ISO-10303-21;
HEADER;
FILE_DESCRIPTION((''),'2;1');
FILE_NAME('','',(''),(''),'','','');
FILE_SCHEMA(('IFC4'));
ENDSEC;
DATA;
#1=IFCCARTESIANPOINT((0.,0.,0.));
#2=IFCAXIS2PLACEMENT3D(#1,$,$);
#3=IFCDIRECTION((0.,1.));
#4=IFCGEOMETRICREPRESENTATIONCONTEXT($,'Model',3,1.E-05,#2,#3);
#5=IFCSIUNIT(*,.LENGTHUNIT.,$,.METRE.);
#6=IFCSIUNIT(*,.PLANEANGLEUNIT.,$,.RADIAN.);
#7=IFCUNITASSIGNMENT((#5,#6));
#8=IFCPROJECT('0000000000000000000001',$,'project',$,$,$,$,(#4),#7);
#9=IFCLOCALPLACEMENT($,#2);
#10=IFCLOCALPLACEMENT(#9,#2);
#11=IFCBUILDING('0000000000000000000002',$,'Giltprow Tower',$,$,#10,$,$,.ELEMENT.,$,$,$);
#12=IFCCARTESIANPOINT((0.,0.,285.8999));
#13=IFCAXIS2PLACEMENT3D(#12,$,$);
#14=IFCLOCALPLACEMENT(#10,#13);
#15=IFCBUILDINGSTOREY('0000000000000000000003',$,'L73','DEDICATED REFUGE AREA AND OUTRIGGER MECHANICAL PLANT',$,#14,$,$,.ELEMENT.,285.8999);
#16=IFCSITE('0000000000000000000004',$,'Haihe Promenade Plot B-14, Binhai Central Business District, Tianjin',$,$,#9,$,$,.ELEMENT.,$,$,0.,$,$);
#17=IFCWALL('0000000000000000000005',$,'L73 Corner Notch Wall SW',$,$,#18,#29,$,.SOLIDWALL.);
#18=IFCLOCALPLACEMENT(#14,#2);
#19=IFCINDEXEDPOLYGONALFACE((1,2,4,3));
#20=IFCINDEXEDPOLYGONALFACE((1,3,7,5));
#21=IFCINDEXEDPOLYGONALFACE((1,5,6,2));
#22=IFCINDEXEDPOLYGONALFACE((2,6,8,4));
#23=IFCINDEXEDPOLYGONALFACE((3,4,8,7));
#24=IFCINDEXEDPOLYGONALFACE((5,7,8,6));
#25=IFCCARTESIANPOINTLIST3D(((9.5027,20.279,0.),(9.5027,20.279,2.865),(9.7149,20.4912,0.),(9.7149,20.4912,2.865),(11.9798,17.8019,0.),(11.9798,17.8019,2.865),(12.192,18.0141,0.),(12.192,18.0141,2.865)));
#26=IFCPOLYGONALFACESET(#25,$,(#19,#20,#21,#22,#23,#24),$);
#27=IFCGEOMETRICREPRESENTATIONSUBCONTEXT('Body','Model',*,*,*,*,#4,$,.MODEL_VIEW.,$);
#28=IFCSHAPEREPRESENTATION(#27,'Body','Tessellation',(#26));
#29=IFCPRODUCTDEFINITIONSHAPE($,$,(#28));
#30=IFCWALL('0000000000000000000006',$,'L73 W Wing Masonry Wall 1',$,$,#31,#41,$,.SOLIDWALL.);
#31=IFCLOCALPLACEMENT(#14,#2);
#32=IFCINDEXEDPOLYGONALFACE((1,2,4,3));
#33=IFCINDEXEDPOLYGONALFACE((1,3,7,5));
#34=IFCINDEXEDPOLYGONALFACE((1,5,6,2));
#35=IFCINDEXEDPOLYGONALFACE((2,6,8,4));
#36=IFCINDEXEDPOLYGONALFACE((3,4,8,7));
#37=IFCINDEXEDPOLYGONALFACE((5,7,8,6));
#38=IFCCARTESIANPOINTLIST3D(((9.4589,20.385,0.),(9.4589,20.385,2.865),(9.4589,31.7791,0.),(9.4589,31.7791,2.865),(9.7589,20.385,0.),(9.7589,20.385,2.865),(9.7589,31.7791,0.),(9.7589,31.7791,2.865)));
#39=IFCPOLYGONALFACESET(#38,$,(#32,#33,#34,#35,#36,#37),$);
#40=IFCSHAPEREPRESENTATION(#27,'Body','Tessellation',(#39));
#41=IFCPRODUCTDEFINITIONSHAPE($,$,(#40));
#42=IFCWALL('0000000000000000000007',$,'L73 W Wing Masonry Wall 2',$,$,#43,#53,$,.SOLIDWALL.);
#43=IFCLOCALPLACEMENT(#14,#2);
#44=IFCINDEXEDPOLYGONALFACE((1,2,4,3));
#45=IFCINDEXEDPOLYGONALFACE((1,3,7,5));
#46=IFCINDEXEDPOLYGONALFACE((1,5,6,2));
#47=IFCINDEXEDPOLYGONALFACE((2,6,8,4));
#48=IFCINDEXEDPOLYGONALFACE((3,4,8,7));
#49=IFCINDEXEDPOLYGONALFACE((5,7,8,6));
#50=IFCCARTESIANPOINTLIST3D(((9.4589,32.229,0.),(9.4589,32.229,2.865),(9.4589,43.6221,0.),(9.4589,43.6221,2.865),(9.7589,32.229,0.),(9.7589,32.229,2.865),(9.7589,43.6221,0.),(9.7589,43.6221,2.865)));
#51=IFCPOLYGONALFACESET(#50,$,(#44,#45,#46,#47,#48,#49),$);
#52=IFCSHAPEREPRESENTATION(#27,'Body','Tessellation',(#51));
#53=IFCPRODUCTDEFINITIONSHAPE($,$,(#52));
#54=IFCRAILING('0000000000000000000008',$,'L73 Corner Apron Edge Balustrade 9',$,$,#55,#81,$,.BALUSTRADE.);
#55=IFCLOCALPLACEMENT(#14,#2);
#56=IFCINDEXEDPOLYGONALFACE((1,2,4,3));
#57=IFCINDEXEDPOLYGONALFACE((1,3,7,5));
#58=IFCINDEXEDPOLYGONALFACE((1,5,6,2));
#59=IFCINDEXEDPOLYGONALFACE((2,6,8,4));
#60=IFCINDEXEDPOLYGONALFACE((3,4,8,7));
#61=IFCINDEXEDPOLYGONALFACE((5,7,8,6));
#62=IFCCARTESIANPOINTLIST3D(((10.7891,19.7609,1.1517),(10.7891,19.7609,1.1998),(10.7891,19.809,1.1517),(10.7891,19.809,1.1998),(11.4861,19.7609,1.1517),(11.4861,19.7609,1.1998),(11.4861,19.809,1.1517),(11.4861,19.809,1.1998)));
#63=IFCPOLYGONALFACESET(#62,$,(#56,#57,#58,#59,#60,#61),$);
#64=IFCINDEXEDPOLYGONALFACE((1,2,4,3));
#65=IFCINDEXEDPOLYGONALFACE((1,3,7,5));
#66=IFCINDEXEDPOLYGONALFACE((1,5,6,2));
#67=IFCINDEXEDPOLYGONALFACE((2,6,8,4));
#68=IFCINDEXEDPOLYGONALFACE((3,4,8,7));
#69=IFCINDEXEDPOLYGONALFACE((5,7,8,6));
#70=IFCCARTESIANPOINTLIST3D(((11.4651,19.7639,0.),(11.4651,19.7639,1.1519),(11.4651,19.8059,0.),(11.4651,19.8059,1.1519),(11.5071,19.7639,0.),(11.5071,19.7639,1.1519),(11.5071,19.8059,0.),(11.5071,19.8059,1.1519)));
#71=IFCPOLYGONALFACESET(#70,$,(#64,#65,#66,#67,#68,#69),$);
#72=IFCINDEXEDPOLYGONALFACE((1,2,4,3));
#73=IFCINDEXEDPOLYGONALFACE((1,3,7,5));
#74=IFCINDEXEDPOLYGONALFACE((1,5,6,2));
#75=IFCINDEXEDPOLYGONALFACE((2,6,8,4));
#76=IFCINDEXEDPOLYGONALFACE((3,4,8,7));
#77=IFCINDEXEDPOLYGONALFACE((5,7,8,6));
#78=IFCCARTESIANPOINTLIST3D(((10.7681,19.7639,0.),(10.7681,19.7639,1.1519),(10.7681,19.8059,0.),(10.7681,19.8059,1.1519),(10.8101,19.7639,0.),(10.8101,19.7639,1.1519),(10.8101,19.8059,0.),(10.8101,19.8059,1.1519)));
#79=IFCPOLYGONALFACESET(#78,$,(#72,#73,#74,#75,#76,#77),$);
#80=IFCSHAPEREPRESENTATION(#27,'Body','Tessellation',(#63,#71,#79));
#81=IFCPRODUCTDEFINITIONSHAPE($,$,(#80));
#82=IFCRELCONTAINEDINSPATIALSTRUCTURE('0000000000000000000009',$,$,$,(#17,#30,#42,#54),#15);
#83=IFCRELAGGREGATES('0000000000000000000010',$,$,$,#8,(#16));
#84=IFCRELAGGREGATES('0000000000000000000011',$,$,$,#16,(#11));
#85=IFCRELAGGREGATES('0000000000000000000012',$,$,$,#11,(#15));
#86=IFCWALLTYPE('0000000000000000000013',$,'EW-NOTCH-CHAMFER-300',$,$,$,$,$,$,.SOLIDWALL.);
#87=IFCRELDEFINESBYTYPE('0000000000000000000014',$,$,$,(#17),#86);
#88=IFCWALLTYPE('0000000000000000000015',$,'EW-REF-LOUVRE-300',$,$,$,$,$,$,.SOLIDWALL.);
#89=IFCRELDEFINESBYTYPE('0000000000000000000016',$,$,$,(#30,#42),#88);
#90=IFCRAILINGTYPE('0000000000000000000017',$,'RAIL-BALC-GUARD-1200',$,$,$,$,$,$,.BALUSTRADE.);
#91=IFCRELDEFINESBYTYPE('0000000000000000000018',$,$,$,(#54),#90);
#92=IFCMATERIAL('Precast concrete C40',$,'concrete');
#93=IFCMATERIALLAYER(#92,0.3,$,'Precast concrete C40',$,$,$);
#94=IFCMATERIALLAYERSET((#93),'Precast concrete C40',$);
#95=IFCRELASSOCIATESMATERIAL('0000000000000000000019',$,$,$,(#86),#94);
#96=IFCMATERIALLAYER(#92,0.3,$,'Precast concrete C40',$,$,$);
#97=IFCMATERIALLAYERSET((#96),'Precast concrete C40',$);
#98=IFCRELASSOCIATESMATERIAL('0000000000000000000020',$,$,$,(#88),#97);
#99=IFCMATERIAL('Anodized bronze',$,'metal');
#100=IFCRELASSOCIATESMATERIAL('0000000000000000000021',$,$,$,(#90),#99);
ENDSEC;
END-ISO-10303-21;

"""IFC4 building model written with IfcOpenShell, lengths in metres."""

from ifc_helpers import new_model, si_unit, direction, frame, frame_2d, origin, origin_2d, place, context, subcontext, project, spatial, rectangle, extrude, material, layer, layer_set, type_object, element, save


model = new_model("IFC4")

# Units and contexts
model_context = context("Model", 3, precision=1e-05, world=origin(), true_north=direction((0.0, 1.0)))
body_context = subcontext(model_context, "Body", "Model", "MODEL_VIEW")
ifc_project = project(units=[si_unit("LENGTHUNIT", "METRE"), si_unit("PLANEANGLEUNIT", "RADIAN")], contexts=[model_context])

# Site, building, storey
site_placement = place(None, origin())
site = spatial("IfcSite", under=ifc_project, at=site_placement, Name="Haihe Promenade Plot B-14, Binhai Central Business District, Tianjin", CompositionType="ELEMENT", RefElevation=0.0)
building_placement = place(site_placement, origin())
building = spatial("IfcBuilding", under=site, at=building_placement, Name="Giltprow Tower", CompositionType="ELEMENT")
storey_placement = place(building_placement, frame((0.0, 0.0, 285.8999)))
storey = spatial("IfcBuildingStorey", under=building, at=storey_placement, Name="L73", Description="DEDICATED REFUGE AREA AND OUTRIGGER MECHANICAL PLANT", CompositionType="ELEMENT", Elevation=285.8999)

# Walls
ifc_material_1 = material(Name="Precast concrete C40", Category="concrete")
ifc_layer_1 = layer(ifc_material_1, 0.3, Name="Precast concrete C40")
ifc_layer_set_1 = layer_set([ifc_layer_1], Name="Precast concrete C40")
wall_type_1 = type_object("IfcWallType", Name="EW-NOTCH-CHAMFER-300", PredefinedType="SOLIDWALL", material=ifc_layer_set_1)
wall_1_placement = place(storey_placement, frame((9.6089, 20.385, 0.0), z_axis=(0.0, 0.0, 1.0), x_axis=(0.707107, -0.707107, 0.0)))
element("IfcWall", 1, at=wall_1_placement, inside=storey, type_object=wall_type_1, Name="L73 Corner Notch Wall SW", PredefinedType="SOLIDWALL", context=body_context, shape_type="SweptSolid", body=[
    extrude(rectangle(XDim=3.5032, YDim=0.3, at=frame_2d((1.7515, 0.0))), origin(), (0.0, 0.0, 1.0), 2.865),
])
ifc_layer_2 = layer(ifc_material_1, 0.3, Name="Precast concrete C40")
ifc_layer_set_2 = layer_set([ifc_layer_2], Name="Precast concrete C40")
wall_type_2 = type_object("IfcWallType", Name="EW-REF-LOUVRE-300", PredefinedType="SOLIDWALL", material=ifc_layer_set_2)
wall_2_placement = place(storey_placement, frame((9.6089, 20.385, 0.0), z_axis=(0.0, 0.0, 1.0), x_axis=(0.0, 1.0, 0.0)))
element("IfcWall", 2, at=wall_2_placement, inside=storey, type_object=wall_type_2, Name="L73 W Wing Masonry Wall 1", PredefinedType="SOLIDWALL", context=body_context, shape_type="SweptSolid", body=[
    extrude(rectangle(XDim=11.394, YDim=0.3, at=frame_2d((5.697, 0.0))), origin(), (0.0, 0.0, 1.0), 2.865),
])
wall_3_placement = place(storey_placement, frame((9.6089, 32.229, 0.0), z_axis=(0.0, 0.0, 1.0), x_axis=(0.0, 1.0, 0.0)))
element("IfcWall", 3, at=wall_3_placement, inside=storey, type_object=wall_type_2, Name="L73 W Wing Masonry Wall 2", PredefinedType="SOLIDWALL", context=body_context, shape_type="SweptSolid", body=[
    extrude(rectangle(XDim=11.3931, YDim=0.3, at=frame_2d((5.6965, 0.0))), origin(), (0.0, 0.0, 1.0), 2.865),
])

# Railing
ifc_material_2 = material(Name="Anodized bronze", Category="metal")
railing_type = type_object("IfcRailingType", Name="RAIL-BALC-GUARD-1200", PredefinedType="BALUSTRADE", material=ifc_material_2)
railing_placement = place(storey_placement, frame((11.4861, 19.7849, 0.0)))
element("IfcRailing", 4, at=railing_placement, inside=storey, type_object=railing_type, Name="L73 Corner Apron Edge Balustrade 9", PredefinedType="BALUSTRADE", context=body_context, shape_type="SweptSolid", body=[
    extrude(rectangle(XDim=0.0481, YDim=0.0481, at=origin_2d()), frame((0.0, 0.0, 1.1758), z_axis=(-1.0, 0.0, 0.0), x_axis=(0.0, -1.0, 0.0)), (0.0, 0.0, 1.0), 0.697),
    extrude(rectangle(XDim=0.042, YDim=0.042, at=origin_2d()), origin(), (0.0, 0.0, 1.0), 1.1519),
    extrude(rectangle(XDim=0.042, YDim=0.042, at=origin_2d()), frame((-0.697, 0.0, 0.0)), (0.0, 0.0, 1.0), 1.1519),
])

save(model, "model.ifc")
